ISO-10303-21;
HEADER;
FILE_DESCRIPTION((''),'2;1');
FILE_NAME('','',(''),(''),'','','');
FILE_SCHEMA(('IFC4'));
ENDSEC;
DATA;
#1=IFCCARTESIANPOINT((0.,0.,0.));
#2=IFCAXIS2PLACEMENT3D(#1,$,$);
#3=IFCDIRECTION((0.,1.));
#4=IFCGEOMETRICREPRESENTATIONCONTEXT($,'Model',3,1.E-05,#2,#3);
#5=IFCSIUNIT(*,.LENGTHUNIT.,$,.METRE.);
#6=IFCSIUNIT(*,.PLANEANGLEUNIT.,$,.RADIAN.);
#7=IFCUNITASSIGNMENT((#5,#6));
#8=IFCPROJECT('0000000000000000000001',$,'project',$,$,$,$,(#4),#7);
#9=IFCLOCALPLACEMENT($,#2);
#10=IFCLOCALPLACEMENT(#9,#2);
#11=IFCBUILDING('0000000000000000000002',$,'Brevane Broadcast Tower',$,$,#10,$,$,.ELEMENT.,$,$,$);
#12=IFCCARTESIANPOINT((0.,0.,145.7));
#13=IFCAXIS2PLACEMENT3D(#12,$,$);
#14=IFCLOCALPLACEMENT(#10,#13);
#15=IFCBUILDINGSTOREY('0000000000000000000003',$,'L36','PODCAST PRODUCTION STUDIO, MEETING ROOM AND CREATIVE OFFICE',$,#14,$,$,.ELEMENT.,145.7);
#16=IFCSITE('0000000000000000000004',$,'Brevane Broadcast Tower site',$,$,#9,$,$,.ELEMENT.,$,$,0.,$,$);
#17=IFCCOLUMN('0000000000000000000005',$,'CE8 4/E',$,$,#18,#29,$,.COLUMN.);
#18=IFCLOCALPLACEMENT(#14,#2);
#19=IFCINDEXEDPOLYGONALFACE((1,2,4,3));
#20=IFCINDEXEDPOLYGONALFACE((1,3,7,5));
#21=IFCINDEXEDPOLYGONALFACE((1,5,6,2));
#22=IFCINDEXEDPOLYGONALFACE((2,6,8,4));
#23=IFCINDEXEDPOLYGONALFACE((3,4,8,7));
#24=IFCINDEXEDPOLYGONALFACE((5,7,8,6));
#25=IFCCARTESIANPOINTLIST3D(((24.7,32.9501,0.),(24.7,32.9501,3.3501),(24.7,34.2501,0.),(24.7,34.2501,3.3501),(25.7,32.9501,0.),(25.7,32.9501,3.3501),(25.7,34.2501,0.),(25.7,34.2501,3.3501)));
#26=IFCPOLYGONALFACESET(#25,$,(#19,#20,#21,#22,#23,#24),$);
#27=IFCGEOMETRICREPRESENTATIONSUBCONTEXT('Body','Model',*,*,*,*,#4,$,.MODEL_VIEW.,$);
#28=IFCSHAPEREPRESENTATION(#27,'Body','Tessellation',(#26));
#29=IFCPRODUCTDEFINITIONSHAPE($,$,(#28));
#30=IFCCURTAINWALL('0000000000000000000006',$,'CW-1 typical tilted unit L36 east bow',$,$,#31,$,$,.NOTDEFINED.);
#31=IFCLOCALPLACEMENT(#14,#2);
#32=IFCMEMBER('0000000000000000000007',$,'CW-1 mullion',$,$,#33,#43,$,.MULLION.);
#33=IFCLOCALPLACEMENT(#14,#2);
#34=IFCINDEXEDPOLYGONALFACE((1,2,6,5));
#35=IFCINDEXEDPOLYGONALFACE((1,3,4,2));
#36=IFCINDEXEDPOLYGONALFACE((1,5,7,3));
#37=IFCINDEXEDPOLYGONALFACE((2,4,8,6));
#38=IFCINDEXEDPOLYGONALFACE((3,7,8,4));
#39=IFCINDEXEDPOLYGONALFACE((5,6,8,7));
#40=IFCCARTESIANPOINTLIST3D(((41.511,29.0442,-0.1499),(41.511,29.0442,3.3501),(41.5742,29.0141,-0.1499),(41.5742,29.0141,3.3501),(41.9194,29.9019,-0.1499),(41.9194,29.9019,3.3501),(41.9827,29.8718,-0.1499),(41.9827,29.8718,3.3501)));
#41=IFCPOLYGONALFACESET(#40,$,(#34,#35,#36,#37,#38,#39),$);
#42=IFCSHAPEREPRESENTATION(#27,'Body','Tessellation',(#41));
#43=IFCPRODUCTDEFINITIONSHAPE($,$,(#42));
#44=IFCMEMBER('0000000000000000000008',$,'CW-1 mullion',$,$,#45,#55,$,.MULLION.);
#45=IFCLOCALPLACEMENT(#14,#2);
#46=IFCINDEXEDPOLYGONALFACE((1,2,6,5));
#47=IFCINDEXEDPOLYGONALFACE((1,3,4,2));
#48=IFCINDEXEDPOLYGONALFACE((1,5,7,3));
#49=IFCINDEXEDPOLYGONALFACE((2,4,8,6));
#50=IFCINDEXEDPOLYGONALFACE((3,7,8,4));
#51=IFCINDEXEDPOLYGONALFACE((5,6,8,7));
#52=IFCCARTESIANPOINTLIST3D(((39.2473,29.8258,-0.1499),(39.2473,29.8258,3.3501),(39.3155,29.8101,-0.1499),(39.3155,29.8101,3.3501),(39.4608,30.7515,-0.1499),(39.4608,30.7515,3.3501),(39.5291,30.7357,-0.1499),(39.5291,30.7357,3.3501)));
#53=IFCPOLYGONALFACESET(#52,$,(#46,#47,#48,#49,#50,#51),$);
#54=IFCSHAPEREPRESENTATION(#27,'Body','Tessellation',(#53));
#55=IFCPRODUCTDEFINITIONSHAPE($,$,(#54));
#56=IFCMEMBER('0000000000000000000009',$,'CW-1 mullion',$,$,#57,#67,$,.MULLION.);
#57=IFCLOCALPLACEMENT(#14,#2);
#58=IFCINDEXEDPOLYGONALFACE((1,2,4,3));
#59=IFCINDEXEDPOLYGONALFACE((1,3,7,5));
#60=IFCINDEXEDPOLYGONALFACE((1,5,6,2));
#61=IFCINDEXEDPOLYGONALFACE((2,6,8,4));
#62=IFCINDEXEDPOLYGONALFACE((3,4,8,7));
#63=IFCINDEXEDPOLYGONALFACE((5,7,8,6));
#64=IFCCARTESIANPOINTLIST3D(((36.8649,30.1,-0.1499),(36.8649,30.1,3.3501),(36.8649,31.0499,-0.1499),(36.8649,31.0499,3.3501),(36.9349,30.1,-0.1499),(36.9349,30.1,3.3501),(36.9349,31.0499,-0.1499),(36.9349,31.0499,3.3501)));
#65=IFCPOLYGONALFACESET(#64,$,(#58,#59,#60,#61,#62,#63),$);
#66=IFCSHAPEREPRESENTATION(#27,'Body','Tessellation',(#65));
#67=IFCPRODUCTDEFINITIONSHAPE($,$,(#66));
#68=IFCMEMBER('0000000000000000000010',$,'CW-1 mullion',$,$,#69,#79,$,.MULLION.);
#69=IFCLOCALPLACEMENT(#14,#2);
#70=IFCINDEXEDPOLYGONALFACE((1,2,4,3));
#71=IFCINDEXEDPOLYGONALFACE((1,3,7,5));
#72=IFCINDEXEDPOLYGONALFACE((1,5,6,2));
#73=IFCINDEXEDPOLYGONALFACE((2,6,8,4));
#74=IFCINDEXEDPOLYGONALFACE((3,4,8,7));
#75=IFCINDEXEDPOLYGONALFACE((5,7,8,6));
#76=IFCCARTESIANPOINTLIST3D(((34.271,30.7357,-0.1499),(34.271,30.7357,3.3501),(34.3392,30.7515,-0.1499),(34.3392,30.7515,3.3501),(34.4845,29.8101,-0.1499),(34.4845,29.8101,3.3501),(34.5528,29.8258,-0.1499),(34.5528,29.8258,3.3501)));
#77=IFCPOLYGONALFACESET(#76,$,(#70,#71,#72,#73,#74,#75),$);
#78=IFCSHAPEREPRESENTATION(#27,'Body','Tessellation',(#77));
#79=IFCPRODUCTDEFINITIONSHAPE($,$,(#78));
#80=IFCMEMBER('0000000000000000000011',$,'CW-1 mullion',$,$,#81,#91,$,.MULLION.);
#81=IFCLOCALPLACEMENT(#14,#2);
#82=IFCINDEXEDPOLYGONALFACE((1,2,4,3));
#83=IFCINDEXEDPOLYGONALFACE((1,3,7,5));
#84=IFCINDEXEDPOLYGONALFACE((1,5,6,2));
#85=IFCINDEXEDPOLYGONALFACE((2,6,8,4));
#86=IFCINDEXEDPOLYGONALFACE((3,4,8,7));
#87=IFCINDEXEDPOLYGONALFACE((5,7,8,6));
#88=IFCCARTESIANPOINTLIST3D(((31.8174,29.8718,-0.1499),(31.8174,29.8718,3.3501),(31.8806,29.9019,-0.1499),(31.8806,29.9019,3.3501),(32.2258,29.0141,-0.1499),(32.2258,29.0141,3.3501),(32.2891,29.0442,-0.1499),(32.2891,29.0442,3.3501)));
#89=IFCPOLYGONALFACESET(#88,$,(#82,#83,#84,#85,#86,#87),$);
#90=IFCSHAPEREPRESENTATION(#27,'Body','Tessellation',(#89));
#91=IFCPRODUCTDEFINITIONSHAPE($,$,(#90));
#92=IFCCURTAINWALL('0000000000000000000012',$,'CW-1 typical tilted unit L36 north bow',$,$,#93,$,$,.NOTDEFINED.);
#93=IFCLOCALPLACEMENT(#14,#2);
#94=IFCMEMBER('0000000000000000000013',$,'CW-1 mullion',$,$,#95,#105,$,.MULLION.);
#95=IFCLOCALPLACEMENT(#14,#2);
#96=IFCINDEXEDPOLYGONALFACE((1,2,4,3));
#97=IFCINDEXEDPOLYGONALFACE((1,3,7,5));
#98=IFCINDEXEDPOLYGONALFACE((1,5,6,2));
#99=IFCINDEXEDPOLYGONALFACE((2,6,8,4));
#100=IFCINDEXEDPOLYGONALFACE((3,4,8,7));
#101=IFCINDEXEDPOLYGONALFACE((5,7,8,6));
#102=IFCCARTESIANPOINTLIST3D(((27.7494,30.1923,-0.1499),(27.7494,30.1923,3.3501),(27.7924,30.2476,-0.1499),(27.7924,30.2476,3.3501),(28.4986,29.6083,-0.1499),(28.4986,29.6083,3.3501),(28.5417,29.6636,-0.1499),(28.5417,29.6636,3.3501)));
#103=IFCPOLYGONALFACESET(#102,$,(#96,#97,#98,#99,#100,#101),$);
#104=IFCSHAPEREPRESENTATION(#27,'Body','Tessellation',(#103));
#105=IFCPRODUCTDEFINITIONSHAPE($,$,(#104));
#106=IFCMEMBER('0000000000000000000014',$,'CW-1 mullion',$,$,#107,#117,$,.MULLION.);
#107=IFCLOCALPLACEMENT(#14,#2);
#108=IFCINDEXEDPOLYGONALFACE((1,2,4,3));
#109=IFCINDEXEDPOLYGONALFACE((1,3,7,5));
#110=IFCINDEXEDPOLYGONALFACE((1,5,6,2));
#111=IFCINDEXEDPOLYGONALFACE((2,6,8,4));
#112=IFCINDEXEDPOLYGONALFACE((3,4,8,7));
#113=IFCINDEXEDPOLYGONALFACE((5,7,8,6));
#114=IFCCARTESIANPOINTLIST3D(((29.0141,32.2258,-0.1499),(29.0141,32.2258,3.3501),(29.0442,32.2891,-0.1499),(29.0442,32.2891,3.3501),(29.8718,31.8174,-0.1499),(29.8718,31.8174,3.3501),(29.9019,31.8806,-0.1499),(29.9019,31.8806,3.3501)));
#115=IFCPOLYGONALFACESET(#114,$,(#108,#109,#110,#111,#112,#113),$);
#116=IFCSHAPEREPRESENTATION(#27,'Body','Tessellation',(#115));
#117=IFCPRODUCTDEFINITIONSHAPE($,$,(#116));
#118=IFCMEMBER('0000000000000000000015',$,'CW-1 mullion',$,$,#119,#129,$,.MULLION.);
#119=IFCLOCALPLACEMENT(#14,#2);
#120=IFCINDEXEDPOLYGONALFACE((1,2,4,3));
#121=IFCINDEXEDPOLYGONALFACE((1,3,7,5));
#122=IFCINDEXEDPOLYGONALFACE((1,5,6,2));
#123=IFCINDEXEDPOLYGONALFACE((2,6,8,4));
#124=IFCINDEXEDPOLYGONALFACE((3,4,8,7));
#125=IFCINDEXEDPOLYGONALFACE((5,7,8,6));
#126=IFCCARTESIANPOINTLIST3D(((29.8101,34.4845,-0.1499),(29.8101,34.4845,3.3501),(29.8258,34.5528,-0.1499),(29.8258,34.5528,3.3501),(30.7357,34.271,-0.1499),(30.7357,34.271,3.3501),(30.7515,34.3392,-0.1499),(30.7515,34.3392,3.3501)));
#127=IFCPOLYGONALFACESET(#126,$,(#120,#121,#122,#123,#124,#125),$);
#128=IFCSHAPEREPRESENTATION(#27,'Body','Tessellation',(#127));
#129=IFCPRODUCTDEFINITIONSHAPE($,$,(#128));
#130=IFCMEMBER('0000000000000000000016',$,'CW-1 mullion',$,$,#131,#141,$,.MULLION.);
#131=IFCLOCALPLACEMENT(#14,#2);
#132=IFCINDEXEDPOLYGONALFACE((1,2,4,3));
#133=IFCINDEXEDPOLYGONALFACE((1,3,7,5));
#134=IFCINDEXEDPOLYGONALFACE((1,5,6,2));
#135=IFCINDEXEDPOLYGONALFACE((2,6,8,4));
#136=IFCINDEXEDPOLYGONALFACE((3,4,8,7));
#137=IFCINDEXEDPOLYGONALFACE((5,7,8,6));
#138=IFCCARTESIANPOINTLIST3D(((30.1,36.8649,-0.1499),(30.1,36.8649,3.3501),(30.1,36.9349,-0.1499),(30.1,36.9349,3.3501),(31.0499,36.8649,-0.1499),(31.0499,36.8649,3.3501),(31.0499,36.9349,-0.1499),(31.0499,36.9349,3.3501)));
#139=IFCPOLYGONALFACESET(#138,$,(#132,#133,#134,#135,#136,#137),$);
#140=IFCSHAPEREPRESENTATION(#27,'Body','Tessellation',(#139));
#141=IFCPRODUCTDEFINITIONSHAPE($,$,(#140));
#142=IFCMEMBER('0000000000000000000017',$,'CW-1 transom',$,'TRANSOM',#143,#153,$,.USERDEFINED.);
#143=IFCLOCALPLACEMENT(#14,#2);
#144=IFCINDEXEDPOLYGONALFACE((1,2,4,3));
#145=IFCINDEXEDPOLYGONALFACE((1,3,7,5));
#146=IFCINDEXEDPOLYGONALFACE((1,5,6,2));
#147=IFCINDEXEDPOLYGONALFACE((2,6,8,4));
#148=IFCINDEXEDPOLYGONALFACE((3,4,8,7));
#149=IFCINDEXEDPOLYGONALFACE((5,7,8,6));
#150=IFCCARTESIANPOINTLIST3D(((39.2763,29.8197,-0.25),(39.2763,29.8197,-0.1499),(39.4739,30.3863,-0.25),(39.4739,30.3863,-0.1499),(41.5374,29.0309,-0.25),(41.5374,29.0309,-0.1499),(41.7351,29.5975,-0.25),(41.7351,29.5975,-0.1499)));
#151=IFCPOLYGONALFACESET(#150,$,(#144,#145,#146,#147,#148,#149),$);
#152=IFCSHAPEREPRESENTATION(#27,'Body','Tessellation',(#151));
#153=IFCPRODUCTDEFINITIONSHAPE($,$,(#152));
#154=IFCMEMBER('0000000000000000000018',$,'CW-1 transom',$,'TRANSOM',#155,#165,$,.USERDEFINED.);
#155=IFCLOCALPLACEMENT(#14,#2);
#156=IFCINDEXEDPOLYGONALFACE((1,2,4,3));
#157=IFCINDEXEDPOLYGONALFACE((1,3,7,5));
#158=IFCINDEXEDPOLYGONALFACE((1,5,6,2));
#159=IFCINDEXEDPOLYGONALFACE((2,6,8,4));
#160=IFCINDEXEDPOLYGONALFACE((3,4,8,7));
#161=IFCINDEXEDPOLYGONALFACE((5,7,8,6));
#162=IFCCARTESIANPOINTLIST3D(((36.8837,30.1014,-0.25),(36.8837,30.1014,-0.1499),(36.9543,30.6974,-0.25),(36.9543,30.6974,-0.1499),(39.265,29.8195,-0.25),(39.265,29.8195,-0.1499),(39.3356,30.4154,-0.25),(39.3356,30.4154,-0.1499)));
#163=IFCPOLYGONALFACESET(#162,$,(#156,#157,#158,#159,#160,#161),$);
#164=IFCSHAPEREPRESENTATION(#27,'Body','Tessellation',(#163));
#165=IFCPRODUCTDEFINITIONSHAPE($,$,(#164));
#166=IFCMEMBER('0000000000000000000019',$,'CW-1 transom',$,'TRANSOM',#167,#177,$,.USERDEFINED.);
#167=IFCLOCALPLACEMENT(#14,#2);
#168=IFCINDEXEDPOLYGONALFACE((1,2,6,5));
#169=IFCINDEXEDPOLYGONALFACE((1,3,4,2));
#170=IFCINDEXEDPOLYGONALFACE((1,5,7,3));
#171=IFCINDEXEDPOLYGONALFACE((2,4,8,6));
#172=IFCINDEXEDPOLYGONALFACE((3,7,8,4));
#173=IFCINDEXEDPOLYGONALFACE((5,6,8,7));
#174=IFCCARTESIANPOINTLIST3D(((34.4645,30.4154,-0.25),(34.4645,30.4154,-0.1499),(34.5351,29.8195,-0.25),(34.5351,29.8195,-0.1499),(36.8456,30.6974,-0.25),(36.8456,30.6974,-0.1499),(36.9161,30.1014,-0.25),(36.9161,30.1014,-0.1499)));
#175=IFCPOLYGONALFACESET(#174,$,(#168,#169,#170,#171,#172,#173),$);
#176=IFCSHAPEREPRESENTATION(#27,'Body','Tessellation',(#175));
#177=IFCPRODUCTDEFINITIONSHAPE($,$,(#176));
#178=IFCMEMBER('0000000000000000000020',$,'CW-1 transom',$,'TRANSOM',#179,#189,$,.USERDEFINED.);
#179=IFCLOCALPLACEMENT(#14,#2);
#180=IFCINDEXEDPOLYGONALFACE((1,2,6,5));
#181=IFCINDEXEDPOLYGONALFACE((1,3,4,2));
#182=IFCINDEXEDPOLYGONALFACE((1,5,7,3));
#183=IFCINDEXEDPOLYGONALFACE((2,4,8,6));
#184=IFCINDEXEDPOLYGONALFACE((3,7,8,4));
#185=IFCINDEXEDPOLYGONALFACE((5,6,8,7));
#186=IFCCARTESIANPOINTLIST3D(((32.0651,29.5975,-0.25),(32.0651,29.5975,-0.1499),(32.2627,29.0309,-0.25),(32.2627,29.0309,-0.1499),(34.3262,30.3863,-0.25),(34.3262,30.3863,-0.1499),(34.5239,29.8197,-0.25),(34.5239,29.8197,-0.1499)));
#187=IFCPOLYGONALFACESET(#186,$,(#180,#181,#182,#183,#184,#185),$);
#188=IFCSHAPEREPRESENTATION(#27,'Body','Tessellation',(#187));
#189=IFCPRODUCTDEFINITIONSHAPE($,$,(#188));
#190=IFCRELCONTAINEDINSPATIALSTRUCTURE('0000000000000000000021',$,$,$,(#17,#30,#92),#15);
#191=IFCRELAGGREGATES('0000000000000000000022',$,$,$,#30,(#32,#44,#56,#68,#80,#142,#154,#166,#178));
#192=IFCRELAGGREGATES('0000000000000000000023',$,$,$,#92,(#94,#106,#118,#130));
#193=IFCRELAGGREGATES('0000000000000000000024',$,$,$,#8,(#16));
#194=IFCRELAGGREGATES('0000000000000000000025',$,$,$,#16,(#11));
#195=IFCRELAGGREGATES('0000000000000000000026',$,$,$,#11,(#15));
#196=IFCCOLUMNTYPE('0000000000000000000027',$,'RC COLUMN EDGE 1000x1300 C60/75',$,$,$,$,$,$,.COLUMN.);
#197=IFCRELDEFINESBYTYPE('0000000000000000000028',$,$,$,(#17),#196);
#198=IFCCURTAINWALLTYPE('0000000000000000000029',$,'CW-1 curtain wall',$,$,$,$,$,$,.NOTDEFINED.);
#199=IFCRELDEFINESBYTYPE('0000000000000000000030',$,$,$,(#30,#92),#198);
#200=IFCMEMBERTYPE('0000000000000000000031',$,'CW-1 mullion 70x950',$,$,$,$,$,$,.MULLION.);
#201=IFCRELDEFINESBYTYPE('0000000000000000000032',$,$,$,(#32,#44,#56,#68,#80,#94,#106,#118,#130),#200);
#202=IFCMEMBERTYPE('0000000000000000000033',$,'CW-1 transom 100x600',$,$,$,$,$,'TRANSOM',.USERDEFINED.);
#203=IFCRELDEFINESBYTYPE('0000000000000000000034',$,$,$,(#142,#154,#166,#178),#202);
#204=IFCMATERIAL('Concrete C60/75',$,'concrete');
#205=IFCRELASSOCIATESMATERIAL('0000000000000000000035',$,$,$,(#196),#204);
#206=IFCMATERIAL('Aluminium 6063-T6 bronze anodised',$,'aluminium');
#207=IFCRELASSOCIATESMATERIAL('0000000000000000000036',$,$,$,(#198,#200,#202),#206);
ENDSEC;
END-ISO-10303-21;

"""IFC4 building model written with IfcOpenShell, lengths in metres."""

from ifc_helpers import new_model, si_unit, direction, frame, origin, origin_2d, place, context, subcontext, project, spatial, rectangle, extrude, material, material_profile, profile_set, type_object, element, aggregate, save


model = new_model("IFC4")

# Units and contexts
model_context = context("Model", 3, precision=1e-05, world=origin(), true_north=direction((0.0, 1.0)))
body_context = subcontext(model_context, "Body", "Model", "MODEL_VIEW")
ifc_project = project(units=[si_unit("LENGTHUNIT", "METRE"), si_unit("PLANEANGLEUNIT", "RADIAN")], contexts=[model_context])

# Site, building, storey
site_placement = place(None, origin())
site = spatial("IfcSite", under=ifc_project, at=site_placement, Name="Brevane Broadcast Tower site", CompositionType="ELEMENT", RefElevation=0.0)
building_placement = place(site_placement, origin())
building = spatial("IfcBuilding", under=site, at=building_placement, Name="Brevane Broadcast Tower", CompositionType="ELEMENT")
storey_placement = place(building_placement, frame((0.0, 0.0, 145.7)))
storey = spatial("IfcBuildingStorey", under=building, at=storey_placement, Name="L36", Description="PODCAST PRODUCTION STUDIO, MEETING ROOM AND CREATIVE OFFICE", CompositionType="ELEMENT", Elevation=145.7)

# Column
ifc_material_1 = material(Name="Concrete C60/75", Category="concrete")
ifc_material_profile_1 = material_profile(ifc_material_1, rectangle(XDim=1.0, YDim=1.3, at=origin_2d()), Name="RC 1000x1300")
ifc_profile_set_1 = profile_set([ifc_material_profile_1], Name="Concrete C60/75")
column_type = type_object("IfcColumnType", Name="RC COLUMN EDGE 1000x1300 C60/75", PredefinedType="COLUMN", material=ifc_profile_set_1)
column_placement = place(storey_placement, frame((25.2, 33.6001, 0.0), z_axis=(0.0, 0.0, 1.0), x_axis=(1.0, 0.0, 0.0)))
element("IfcColumn", 1, at=column_placement, inside=storey, type_object=column_type, Name="CE8 4/E", PredefinedType="COLUMN", context=body_context, shape_type="SweptSolid", body=[
    extrude(rectangle(XDim=1.0, YDim=1.3, at=origin_2d()), origin(), (0.0, 0.0, 1.0), 3.3501),
])

# Curtain walls, members
ifc_material_2 = material(Name="Aluminium 6063-T6 bronze anodised", Category="aluminium")
curtain_wall_type = type_object("IfcCurtainWallType", Name="CW-1 curtain wall", PredefinedType="NOTDEFINED", material=ifc_material_2)
curtain_wall_1_placement = place(storey_placement, origin())
curtain_wall_1 = element("IfcCurtainWall", 2, at=curtain_wall_1_placement, inside=storey, type_object=curtain_wall_type, Name="CW-1 typical tilted unit L36 east bow", PredefinedType="NOTDEFINED")
ifc_material_profile_2 = material_profile(ifc_material_2, rectangle(XDim=0.95, YDim=0.0701, at=origin_2d()), Name="RECT 70x950")
ifc_profile_set_2 = profile_set([ifc_material_profile_2], Name="Aluminium 6063-T6 bronze anodised")
member_type_1 = type_object("IfcMemberType", Name="CW-1 mullion 70x950", PredefinedType="MULLION", material=ifc_profile_set_2)
member_1_placement = place(storey_placement, frame((41.7468, 29.458, -0.1499), z_axis=(0.0, 0.0, 1.0), x_axis=(-0.429934, -0.902861, 0.0)))
member_1 = element("IfcMember", 3, at=member_1_placement, type_object=member_type_1, Name="CW-1 mullion", PredefinedType="MULLION", context=body_context, shape_type="SweptSolid", body=[
    extrude(rectangle(XDim=0.95, YDim=0.0701, at=origin_2d()), origin(), (0.0, 0.0, 1.0), 3.5),
])
member_2_placement = place(storey_placement, frame((39.3882, 30.2808, -0.1499), z_axis=(0.0, 0.0, 1.0), x_axis=(-0.224806, -0.974403, 0.0)))
member_2 = element("IfcMember", 4, at=member_2_placement, type_object=member_type_1, Name="CW-1 mullion", PredefinedType="MULLION", context=body_context, shape_type="SweptSolid", body=[
    extrude(rectangle(XDim=0.95, YDim=0.0701, at=origin_2d()), origin(), (0.0, 0.0, 1.0), 3.5),
])
member_3_placement = place(storey_placement, frame((36.8999, 30.575, -0.1499), z_axis=(0.0, 0.0, 1.0), x_axis=(0.0, -1.0, 0.0)))
member_3 = element("IfcMember", 5, at=member_3_placement, type_object=member_type_1, Name="CW-1 mullion", PredefinedType="MULLION", context=body_context, shape_type="SweptSolid", body=[
    extrude(rectangle(XDim=0.95, YDim=0.0701, at=origin_2d()), origin(), (0.0, 0.0, 1.0), 3.5),
])
member_4_placement = place(storey_placement, frame((34.4119, 30.2808, -0.1499), z_axis=(0.0, 0.0, 1.0), x_axis=(0.224806, -0.974403, 0.0)))
member_4 = element("IfcMember", 6, at=member_4_placement, type_object=member_type_1, Name="CW-1 mullion", PredefinedType="MULLION", context=body_context, shape_type="SweptSolid", body=[
    extrude(rectangle(XDim=0.95, YDim=0.0701, at=origin_2d()), origin(), (0.0, 0.0, 1.0), 3.5),
])
member_5_placement = place(storey_placement, frame((32.0532, 29.458, -0.1499), z_axis=(0.0, 0.0, 1.0), x_axis=(0.429934, -0.902861, 0.0)))
member_5 = element("IfcMember", 7, at=member_5_placement, type_object=member_type_1, Name="CW-1 mullion", PredefinedType="MULLION", context=body_context, shape_type="SweptSolid", body=[
    extrude(rectangle(XDim=0.95, YDim=0.0701, at=origin_2d()), origin(), (0.0, 0.0, 1.0), 3.5),
])
curtain_wall_2_placement = place(storey_placement, origin())
curtain_wall_2 = element("IfcCurtainWall", 8, at=curtain_wall_2_placement, inside=storey, type_object=curtain_wall_type, Name="CW-1 typical tilted unit L36 north bow", PredefinedType="NOTDEFINED")
member_6_placement = place(storey_placement, frame((28.1455, 29.928, -0.1499), z_axis=(0.0, 0.0, 1.0), x_axis=(-0.788707, 0.61477, 0.0)))
member_6 = element("IfcMember", 9, at=member_6_placement, type_object=member_type_1, Name="CW-1 mullion", PredefinedType="MULLION", context=body_context, shape_type="SweptSolid", body=[
    extrude(rectangle(XDim=0.95, YDim=0.0701, at=origin_2d()), origin(), (0.0, 0.0, 1.0), 3.5),
])
member_7_placement = place(storey_placement, frame((29.458, 32.0532, -0.1499), z_axis=(0.0, 0.0, 1.0), x_axis=(-0.902861, 0.429934, 0.0)))
member_7 = element("IfcMember", 10, at=member_7_placement, type_object=member_type_1, Name="CW-1 mullion", PredefinedType="MULLION", context=body_context, shape_type="SweptSolid", body=[
    extrude(rectangle(XDim=0.95, YDim=0.0701, at=origin_2d()), origin(), (0.0, 0.0, 1.0), 3.5),
])
member_8_placement = place(storey_placement, frame((30.2808, 34.4119, -0.1499), z_axis=(0.0, 0.0, 1.0), x_axis=(-0.974403, 0.224806, 0.0)))
member_8 = element("IfcMember", 11, at=member_8_placement, type_object=member_type_1, Name="CW-1 mullion", PredefinedType="MULLION", context=body_context, shape_type="SweptSolid", body=[
    extrude(rectangle(XDim=0.95, YDim=0.0701, at=origin_2d()), origin(), (0.0, 0.0, 1.0), 3.5),
])
member_9_placement = place(storey_placement, frame((30.575, 36.8999, -0.1499), z_axis=(0.0, 0.0, 1.0), x_axis=(-1.0, 0.0, 0.0)))
member_9 = element("IfcMember", 12, at=member_9_placement, type_object=member_type_1, Name="CW-1 mullion", PredefinedType="MULLION", context=body_context, shape_type="SweptSolid", body=[
    extrude(rectangle(XDim=0.95, YDim=0.0701, at=origin_2d()), origin(), (0.0, 0.0, 1.0), 3.5),
])

# Members
ifc_material_profile_3 = material_profile(ifc_material_2, rectangle(XDim=0.6001, YDim=0.1001, at=origin_2d()), Name="RECT 100x600")
ifc_profile_set_3 = profile_set([ifc_material_profile_3], Name="Aluminium 6063-T6 bronze anodised")
member_type_2 = type_object("IfcMemberType", Name="CW-1 transom 100x600", ElementType="TRANSOM", PredefinedType="USERDEFINED", material=ifc_profile_set_3)
member_10_placement = place(storey_placement, frame((41.6362, 29.3142, -0.2), z_axis=(-0.944198, 0.329378, 0.0), x_axis=(-0.329378, -0.944198, 0.0)))
member_10 = element("IfcMember", 13, at=member_10_placement, type_object=member_type_2, Name="CW-1 transom", ObjectType="TRANSOM", PredefinedType="USERDEFINED", context=body_context, shape_type="SweptSolid", body=[
    extrude(rectangle(XDim=0.6001, YDim=0.1001, at=origin_2d()), origin(), (0.0, 0.0, 1.0), 2.3948),
])
member_11_placement = place(storey_placement, frame((39.3003, 30.1174, -0.2), z_axis=(-0.993062, 0.117591, 0.0), x_axis=(-0.117591, -0.993062, 0.0)))
member_11 = element("IfcMember", 14, at=member_11_placement, type_object=member_type_2, Name="CW-1 transom", ObjectType="TRANSOM", PredefinedType="USERDEFINED", context=body_context, shape_type="SweptSolid", body=[
    extrude(rectangle(XDim=0.6001, YDim=0.1001, at=origin_2d()), origin(), (0.0, 0.0, 1.0), 2.3979),
])
member_12_placement = place(storey_placement, frame((36.8809, 30.3994, -0.2), z_axis=(-0.993061, -0.117603, 0.0), x_axis=(0.117603, -0.993061, 0.0)))
member_12 = element("IfcMember", 15, at=member_12_placement, type_object=member_type_2, Name="CW-1 transom", ObjectType="TRANSOM", PredefinedType="USERDEFINED", context=body_context, shape_type="SweptSolid", body=[
    extrude(rectangle(XDim=0.6001, YDim=0.1001, at=origin_2d()), origin(), (0.0, 0.0, 1.0), 2.3977),
])
member_13_placement = place(storey_placement, frame((34.425, 30.103, -0.2), z_axis=(-0.944198, -0.329378, 0.0), x_axis=(0.329378, -0.944198, 0.0)))
member_13 = element("IfcMember", 16, at=member_13_placement, type_object=member_type_2, Name="CW-1 transom", ObjectType="TRANSOM", PredefinedType="USERDEFINED", context=body_context, shape_type="SweptSolid", body=[
    extrude(rectangle(XDim=0.6001, YDim=0.1001, at=origin_2d()), origin(), (0.0, 0.0, 1.0), 2.3948),
])
aggregate(curtain_wall_1, [member_1, member_2, member_3, member_4, member_5, member_10, member_11, member_12, member_13])
aggregate(curtain_wall_2, [member_6, member_7, member_8, member_9])

save(model, "model.ifc")
